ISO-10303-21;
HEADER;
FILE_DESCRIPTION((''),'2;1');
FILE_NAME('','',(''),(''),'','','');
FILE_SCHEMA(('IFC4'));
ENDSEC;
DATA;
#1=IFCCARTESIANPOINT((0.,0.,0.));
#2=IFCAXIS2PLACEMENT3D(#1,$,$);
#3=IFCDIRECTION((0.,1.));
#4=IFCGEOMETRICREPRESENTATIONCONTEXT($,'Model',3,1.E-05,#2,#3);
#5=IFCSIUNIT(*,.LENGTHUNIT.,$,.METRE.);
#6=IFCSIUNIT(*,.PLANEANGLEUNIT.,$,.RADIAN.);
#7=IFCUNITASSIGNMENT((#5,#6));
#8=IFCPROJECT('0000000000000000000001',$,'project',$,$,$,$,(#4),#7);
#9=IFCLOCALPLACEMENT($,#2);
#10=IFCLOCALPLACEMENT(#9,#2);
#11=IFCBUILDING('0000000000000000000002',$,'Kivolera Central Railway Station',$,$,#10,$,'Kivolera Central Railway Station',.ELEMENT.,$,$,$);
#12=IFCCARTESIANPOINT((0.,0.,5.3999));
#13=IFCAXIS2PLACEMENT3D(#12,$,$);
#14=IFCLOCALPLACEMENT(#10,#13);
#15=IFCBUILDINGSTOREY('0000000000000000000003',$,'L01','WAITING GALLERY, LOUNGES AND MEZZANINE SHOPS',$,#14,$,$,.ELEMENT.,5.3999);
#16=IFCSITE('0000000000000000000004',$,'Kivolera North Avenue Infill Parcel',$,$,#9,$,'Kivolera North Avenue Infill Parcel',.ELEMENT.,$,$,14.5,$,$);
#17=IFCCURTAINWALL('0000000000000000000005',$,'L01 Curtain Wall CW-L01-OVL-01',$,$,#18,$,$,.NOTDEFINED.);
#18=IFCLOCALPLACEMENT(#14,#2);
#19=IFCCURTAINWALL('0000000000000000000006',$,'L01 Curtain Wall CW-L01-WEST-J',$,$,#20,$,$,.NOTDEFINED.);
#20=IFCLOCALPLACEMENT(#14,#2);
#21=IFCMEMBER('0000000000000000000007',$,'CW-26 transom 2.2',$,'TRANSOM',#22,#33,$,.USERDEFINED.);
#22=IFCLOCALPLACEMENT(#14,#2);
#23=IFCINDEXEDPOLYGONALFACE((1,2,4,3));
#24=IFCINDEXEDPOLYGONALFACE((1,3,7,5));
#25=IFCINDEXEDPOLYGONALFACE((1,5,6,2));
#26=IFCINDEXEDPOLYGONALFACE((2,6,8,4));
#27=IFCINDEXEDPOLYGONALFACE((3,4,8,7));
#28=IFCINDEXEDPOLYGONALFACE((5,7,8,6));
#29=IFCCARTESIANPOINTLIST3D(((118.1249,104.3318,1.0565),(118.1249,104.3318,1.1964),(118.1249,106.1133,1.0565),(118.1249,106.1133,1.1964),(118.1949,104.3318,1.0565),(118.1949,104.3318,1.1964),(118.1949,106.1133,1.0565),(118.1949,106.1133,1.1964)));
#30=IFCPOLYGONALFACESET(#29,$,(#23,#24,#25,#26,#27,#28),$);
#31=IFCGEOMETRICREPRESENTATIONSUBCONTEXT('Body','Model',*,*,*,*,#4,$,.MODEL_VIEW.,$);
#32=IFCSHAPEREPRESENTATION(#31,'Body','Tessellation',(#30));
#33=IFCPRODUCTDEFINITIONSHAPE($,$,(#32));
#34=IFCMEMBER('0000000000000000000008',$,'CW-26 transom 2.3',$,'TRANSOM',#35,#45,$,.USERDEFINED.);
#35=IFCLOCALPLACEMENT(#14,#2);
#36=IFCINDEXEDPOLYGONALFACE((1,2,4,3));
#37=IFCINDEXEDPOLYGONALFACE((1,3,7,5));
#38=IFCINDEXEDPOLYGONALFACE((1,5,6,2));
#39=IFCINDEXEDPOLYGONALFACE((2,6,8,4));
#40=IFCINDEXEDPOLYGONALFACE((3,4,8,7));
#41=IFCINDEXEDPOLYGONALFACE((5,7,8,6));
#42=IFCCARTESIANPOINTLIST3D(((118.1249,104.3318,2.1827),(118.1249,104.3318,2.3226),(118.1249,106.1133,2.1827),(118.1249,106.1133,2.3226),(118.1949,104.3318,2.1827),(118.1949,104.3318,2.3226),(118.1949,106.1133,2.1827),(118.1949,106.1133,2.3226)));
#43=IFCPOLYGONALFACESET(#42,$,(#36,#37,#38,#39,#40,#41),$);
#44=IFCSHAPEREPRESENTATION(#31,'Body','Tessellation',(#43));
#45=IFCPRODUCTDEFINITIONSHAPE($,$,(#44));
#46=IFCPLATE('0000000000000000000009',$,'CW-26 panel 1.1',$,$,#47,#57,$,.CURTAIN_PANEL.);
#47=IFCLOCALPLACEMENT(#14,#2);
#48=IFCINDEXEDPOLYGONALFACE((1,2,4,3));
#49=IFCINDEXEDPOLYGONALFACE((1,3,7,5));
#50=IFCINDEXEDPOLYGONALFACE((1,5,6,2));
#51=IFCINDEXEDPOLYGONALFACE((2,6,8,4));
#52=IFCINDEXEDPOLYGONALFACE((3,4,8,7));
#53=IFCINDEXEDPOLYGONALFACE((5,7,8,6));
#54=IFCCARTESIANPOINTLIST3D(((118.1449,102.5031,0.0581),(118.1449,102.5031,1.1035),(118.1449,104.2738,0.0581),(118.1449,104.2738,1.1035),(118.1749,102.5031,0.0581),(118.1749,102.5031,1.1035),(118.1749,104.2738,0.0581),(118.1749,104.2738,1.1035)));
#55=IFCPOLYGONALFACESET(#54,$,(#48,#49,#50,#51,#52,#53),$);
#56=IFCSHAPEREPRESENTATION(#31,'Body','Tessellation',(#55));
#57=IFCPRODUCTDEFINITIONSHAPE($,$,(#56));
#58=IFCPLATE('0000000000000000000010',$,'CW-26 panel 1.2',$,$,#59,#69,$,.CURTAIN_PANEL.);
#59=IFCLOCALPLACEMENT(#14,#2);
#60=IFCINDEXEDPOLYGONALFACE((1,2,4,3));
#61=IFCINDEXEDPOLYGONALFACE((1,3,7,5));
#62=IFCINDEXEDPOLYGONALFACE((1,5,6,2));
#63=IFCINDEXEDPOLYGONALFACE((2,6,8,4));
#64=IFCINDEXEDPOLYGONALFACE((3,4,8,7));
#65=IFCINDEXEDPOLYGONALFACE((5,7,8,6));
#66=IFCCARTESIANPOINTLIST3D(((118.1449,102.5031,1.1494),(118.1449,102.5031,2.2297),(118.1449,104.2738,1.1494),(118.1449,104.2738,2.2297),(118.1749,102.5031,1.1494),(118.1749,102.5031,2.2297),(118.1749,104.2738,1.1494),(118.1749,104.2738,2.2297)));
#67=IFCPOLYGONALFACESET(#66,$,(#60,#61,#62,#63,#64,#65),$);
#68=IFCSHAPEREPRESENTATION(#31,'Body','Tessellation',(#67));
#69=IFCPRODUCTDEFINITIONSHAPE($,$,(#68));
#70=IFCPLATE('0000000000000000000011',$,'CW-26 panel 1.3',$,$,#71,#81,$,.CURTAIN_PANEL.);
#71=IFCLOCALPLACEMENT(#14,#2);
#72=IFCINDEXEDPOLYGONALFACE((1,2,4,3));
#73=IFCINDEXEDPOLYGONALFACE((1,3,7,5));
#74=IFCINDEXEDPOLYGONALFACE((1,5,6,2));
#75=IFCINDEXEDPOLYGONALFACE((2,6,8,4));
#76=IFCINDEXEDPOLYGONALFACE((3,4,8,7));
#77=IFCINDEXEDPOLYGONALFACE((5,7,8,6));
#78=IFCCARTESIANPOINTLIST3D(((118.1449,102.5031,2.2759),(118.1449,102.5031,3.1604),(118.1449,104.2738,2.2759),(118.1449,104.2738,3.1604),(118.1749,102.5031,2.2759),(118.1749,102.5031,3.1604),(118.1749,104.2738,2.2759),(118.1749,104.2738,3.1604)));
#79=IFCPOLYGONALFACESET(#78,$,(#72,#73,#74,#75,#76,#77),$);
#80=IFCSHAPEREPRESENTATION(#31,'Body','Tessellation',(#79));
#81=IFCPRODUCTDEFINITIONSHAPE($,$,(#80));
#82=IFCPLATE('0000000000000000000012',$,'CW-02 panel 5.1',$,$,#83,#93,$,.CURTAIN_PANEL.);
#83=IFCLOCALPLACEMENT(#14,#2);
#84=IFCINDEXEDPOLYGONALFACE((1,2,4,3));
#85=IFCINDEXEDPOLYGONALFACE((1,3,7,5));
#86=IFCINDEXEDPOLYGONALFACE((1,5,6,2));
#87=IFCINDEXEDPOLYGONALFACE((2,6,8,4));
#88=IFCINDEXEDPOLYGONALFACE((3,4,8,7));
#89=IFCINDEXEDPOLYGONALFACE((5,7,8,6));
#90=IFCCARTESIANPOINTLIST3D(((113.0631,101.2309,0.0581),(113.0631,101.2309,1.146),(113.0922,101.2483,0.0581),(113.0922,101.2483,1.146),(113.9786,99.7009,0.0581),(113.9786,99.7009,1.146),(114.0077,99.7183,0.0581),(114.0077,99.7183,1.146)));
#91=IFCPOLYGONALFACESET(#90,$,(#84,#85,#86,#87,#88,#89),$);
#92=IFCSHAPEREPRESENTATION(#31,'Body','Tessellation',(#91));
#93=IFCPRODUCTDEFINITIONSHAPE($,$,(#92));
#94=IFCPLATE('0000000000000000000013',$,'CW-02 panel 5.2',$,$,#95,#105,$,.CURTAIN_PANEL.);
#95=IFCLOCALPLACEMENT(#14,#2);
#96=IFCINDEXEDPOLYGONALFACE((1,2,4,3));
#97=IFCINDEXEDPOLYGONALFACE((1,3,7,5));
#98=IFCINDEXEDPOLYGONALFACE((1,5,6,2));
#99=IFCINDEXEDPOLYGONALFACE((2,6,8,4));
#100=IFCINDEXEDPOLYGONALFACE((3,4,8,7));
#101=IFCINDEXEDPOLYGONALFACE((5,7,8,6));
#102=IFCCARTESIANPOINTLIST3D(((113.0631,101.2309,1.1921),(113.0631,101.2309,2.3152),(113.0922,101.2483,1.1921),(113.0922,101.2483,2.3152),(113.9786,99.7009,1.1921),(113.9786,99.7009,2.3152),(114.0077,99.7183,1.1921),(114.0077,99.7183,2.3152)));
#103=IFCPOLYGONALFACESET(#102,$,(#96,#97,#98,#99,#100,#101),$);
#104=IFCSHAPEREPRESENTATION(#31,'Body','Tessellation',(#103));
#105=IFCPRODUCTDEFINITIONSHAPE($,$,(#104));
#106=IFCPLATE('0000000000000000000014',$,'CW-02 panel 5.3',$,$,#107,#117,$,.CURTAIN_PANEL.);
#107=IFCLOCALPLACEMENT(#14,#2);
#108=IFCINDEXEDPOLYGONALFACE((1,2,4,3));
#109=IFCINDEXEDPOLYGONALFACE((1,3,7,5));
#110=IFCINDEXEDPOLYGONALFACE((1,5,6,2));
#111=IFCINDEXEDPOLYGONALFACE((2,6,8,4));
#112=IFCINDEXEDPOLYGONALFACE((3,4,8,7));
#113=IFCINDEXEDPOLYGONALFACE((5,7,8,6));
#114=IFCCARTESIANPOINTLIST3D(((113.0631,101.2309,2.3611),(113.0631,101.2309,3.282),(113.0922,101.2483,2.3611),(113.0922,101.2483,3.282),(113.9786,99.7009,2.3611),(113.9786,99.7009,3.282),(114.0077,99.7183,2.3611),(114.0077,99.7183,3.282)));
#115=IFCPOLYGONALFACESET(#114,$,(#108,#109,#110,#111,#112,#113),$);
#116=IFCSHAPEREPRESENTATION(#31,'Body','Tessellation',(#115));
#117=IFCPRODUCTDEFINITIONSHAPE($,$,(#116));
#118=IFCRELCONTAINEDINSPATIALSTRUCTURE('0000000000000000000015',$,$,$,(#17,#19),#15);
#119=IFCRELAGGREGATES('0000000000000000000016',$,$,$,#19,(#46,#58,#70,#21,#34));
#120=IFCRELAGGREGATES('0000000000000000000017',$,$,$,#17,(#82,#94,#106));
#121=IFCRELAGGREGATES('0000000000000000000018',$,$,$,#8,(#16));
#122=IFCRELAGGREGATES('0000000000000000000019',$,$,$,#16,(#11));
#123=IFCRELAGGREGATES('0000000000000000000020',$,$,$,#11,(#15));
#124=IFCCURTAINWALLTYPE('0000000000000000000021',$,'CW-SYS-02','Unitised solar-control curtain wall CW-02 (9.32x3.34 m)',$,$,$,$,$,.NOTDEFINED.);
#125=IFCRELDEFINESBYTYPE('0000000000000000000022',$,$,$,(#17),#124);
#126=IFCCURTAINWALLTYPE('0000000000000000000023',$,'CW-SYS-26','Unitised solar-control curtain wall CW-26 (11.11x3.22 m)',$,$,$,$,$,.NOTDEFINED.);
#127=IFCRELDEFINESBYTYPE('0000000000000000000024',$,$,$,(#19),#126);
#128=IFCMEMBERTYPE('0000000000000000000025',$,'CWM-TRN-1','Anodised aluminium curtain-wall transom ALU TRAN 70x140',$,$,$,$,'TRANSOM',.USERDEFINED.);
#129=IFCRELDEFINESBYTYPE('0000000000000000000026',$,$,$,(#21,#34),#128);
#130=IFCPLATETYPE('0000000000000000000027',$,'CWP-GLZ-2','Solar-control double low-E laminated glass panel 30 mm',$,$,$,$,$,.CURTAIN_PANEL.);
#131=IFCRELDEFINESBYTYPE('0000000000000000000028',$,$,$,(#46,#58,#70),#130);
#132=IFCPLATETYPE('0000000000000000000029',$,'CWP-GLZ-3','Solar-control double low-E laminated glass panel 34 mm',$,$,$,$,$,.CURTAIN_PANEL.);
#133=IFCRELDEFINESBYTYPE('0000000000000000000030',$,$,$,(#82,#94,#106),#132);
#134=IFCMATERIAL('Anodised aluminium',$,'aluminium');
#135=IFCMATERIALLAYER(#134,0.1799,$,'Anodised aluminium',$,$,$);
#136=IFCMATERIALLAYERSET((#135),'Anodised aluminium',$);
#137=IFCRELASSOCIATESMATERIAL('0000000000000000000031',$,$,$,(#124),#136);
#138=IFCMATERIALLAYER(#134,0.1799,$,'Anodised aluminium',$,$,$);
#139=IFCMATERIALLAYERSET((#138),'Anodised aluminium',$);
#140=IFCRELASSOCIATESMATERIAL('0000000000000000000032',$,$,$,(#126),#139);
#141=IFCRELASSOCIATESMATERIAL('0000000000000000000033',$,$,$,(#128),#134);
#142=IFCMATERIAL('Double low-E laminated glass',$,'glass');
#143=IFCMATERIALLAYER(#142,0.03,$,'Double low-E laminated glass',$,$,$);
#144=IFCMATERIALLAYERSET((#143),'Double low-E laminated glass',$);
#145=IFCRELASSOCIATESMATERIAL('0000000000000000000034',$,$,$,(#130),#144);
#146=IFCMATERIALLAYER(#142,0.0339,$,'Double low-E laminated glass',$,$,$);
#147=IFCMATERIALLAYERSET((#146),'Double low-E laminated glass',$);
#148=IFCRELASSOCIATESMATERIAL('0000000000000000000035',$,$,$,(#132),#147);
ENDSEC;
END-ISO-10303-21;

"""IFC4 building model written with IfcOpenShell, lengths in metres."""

from ifc_helpers import new_model, si_unit, direction, frame, origin, origin_2d, place, context, subcontext, project, spatial, rectangle, extrude, material, layer, layer_set, material_profile, profile_set, type_object, element, aggregate, save


model = new_model("IFC4")

# Units and contexts
model_context = context("Model", 3, precision=1e-05, world=origin(), true_north=direction((0.0, 1.0)))
body_context = subcontext(model_context, "Body", "Model", "MODEL_VIEW")
ifc_project = project(units=[si_unit("LENGTHUNIT", "METRE"), si_unit("PLANEANGLEUNIT", "RADIAN")], contexts=[model_context])

# Site, building, storey
site_placement = place(None, origin())
site = spatial("IfcSite", under=ifc_project, at=site_placement, Name="Kivolera North Avenue Infill Parcel", LongName="Kivolera North Avenue Infill Parcel", CompositionType="ELEMENT", RefElevation=14.5)
building_placement = place(site_placement, origin())
building = spatial("IfcBuilding", under=site, at=building_placement, Name="Kivolera Central Railway Station", LongName="Kivolera Central Railway Station", CompositionType="ELEMENT")
storey_placement = place(building_placement, frame((0.0, 0.0, 5.3999)))
storey = spatial("IfcBuildingStorey", under=building, at=storey_placement, Name="L01", Description="WAITING GALLERY, LOUNGES AND MEZZANINE SHOPS", CompositionType="ELEMENT", Elevation=5.3999)

# Curtain wall
ifc_material_1 = material(Name="Anodised aluminium", Category="aluminium")
ifc_layer_1 = layer(ifc_material_1, 0.1799, Name="Anodised aluminium")
ifc_layer_set_1 = layer_set([ifc_layer_1], Name="Anodised aluminium")
curtain_wall_type_1 = type_object("IfcCurtainWallType", Name="CW-SYS-02", Description="Unitised solar-control curtain wall CW-02 (9.32x3.34 m)", PredefinedType="NOTDEFINED", material=ifc_layer_set_1)
curtain_wall_1_placement = place(storey_placement, origin())
curtain_wall_1 = element("IfcCurtainWall", 1, at=curtain_wall_1_placement, inside=storey, type_object=curtain_wall_type_1, Name="L01 Curtain Wall CW-L01-OVL-01", PredefinedType="NOTDEFINED")

# Curtain wall
ifc_layer_2 = layer(ifc_material_1, 0.1799, Name="Anodised aluminium")
ifc_layer_set_2 = layer_set([ifc_layer_2], Name="Anodised aluminium")
curtain_wall_type_2 = type_object("IfcCurtainWallType", Name="CW-SYS-26", Description="Unitised solar-control curtain wall CW-26 (11.11x3.22 m)", PredefinedType="NOTDEFINED", material=ifc_layer_set_2)
curtain_wall_2_placement = place(storey_placement, origin())
curtain_wall_2 = element("IfcCurtainWall", 2, at=curtain_wall_2_placement, inside=storey, type_object=curtain_wall_type_2, Name="L01 Curtain Wall CW-L01-WEST-J", PredefinedType="NOTDEFINED")

# Members
ifc_material_profile_1 = material_profile(ifc_material_1, rectangle(XDim=0.0701, YDim=0.1399, at=origin_2d()), Name="ALU TRAN 70x140")
ifc_profile_set_1 = profile_set([ifc_material_profile_1], Name="Anodised aluminium")
member_type_1 = type_object("IfcMemberType", Name="CWM-TRN-1", Description="Anodised aluminium curtain-wall transom ALU TRAN 70x140", ElementType="TRANSOM", PredefinedType="USERDEFINED", material=ifc_profile_set_1)
member_1_placement = place(storey_placement, frame((118.1599, 104.3318, 1.1265), z_axis=(0.0, 1.0, 0.0), x_axis=(-1.0, 0.0, 0.0)))
member_1 = element("IfcMember", 3, at=member_1_placement, type_object=member_type_1, Name="CW-26 transom 2.2", ObjectType="TRANSOM", PredefinedType="USERDEFINED", context=body_context, shape_type="SweptSolid", body=[
    extrude(rectangle(XDim=0.0701, YDim=0.1399, at=origin_2d()), origin(), (0.0, 0.0, 1.0), 1.7815),
])
member_2_placement = place(storey_placement, frame((118.1599, 104.3318, 2.2527), z_axis=(0.0, 1.0, 0.0), x_axis=(-1.0, 0.0, 0.0)))
member_2 = element("IfcMember", 4, at=member_2_placement, type_object=member_type_1, Name="CW-26 transom 2.3", ObjectType="TRANSOM", PredefinedType="USERDEFINED", context=body_context, shape_type="SweptSolid", body=[
    extrude(rectangle(XDim=0.0701, YDim=0.1399, at=origin_2d()), origin(), (0.0, 0.0, 1.0), 1.7815),
])

# Plates
ifc_material_2 = material(Name="Double low-E laminated glass", Category="glass")
ifc_layer_3 = layer(ifc_material_2, 0.03, Name="Double low-E laminated glass")
ifc_layer_set_3 = layer_set([ifc_layer_3], Name="Double low-E laminated glass")
plate_type_1 = type_object("IfcPlateType", Name="CWP-GLZ-2", Description="Solar-control double low-E laminated glass panel 30 mm", PredefinedType="CURTAIN_PANEL", material=ifc_layer_set_3)
plate_1_placement = place(storey_placement, frame((118.1599, 103.3884, 0.0581), z_axis=(0.0, 0.0, 1.0), x_axis=(0.0, 1.0, 0.0)))
plate_1 = element("IfcPlate", 5, at=plate_1_placement, type_object=plate_type_1, Name="CW-26 panel 1.1", PredefinedType="CURTAIN_PANEL", context=body_context, shape_type="SweptSolid", body=[
    extrude(rectangle(XDim=1.7708, YDim=0.03, at=origin_2d()), origin(), (0.0, 0.0, 1.0), 1.0454),
])
plate_2_placement = place(storey_placement, frame((118.1599, 103.3884, 1.1494), z_axis=(0.0, 0.0, 1.0), x_axis=(0.0, 1.0, 0.0)))
plate_2 = element("IfcPlate", 6, at=plate_2_placement, type_object=plate_type_1, Name="CW-26 panel 1.2", PredefinedType="CURTAIN_PANEL", context=body_context, shape_type="SweptSolid", body=[
    extrude(rectangle(XDim=1.7708, YDim=0.03, at=origin_2d()), origin(), (0.0, 0.0, 1.0), 1.0803),
])
plate_3_placement = place(storey_placement, frame((118.1599, 103.3884, 2.2759), z_axis=(0.0, 0.0, 1.0), x_axis=(0.0, 1.0, 0.0)))
plate_3 = element("IfcPlate", 7, at=plate_3_placement, type_object=plate_type_1, Name="CW-26 panel 1.3", PredefinedType="CURTAIN_PANEL", context=body_context, shape_type="SweptSolid", body=[
    extrude(rectangle(XDim=1.7708, YDim=0.03, at=origin_2d()), origin(), (0.0, 0.0, 1.0), 0.8845),
])
aggregate(curtain_wall_2, [plate_1, plate_2, plate_3, member_1, member_2])
ifc_layer_4 = layer(ifc_material_2, 0.0339, Name="Double low-E laminated glass")
ifc_layer_set_4 = layer_set([ifc_layer_4], Name="Double low-E laminated glass")
plate_type_2 = type_object("IfcPlateType", Name="CWP-GLZ-3", Description="Solar-control double low-E laminated glass panel 34 mm", PredefinedType="CURTAIN_PANEL", material=ifc_layer_set_4)
plate_4_placement = place(storey_placement, frame((113.5354, 100.4746, 0.0581), z_axis=(0.0, 0.0, 1.0), x_axis=(0.513454, -0.858117, 0.0)))
plate_4 = element("IfcPlate", 8, at=plate_4_placement, type_object=plate_type_2, Name="CW-02 panel 5.1", PredefinedType="CURTAIN_PANEL", context=body_context, shape_type="SweptSolid", body=[
    extrude(rectangle(XDim=1.783, YDim=0.0339, at=origin_2d()), origin(), (0.0, 0.0, 1.0), 1.0879),
])
plate_5_placement = place(storey_placement, frame((113.5354, 100.4746, 1.1921), z_axis=(0.0, 0.0, 1.0), x_axis=(0.513454, -0.858117, 0.0)))
plate_5 = element("IfcPlate", 9, at=plate_5_placement, type_object=plate_type_2, Name="CW-02 panel 5.2", PredefinedType="CURTAIN_PANEL", context=body_context, shape_type="SweptSolid", body=[
    extrude(rectangle(XDim=1.783, YDim=0.0339, at=origin_2d()), origin(), (0.0, 0.0, 1.0), 1.123),
])
plate_6_placement = place(storey_placement, frame((113.5354, 100.4746, 2.3611), z_axis=(0.0, 0.0, 1.0), x_axis=(0.513454, -0.858117, 0.0)))
plate_6 = element("IfcPlate", 10, at=plate_6_placement, type_object=plate_type_2, Name="CW-02 panel 5.3", PredefinedType="CURTAIN_PANEL", context=body_context, shape_type="SweptSolid", body=[
    extrude(rectangle(XDim=1.783, YDim=0.0339, at=origin_2d()), origin(), (0.0, 0.0, 1.0), 0.9209),
])
aggregate(curtain_wall_1, [plate_4, plate_5, plate_6])

save(model, "model.ifc")
